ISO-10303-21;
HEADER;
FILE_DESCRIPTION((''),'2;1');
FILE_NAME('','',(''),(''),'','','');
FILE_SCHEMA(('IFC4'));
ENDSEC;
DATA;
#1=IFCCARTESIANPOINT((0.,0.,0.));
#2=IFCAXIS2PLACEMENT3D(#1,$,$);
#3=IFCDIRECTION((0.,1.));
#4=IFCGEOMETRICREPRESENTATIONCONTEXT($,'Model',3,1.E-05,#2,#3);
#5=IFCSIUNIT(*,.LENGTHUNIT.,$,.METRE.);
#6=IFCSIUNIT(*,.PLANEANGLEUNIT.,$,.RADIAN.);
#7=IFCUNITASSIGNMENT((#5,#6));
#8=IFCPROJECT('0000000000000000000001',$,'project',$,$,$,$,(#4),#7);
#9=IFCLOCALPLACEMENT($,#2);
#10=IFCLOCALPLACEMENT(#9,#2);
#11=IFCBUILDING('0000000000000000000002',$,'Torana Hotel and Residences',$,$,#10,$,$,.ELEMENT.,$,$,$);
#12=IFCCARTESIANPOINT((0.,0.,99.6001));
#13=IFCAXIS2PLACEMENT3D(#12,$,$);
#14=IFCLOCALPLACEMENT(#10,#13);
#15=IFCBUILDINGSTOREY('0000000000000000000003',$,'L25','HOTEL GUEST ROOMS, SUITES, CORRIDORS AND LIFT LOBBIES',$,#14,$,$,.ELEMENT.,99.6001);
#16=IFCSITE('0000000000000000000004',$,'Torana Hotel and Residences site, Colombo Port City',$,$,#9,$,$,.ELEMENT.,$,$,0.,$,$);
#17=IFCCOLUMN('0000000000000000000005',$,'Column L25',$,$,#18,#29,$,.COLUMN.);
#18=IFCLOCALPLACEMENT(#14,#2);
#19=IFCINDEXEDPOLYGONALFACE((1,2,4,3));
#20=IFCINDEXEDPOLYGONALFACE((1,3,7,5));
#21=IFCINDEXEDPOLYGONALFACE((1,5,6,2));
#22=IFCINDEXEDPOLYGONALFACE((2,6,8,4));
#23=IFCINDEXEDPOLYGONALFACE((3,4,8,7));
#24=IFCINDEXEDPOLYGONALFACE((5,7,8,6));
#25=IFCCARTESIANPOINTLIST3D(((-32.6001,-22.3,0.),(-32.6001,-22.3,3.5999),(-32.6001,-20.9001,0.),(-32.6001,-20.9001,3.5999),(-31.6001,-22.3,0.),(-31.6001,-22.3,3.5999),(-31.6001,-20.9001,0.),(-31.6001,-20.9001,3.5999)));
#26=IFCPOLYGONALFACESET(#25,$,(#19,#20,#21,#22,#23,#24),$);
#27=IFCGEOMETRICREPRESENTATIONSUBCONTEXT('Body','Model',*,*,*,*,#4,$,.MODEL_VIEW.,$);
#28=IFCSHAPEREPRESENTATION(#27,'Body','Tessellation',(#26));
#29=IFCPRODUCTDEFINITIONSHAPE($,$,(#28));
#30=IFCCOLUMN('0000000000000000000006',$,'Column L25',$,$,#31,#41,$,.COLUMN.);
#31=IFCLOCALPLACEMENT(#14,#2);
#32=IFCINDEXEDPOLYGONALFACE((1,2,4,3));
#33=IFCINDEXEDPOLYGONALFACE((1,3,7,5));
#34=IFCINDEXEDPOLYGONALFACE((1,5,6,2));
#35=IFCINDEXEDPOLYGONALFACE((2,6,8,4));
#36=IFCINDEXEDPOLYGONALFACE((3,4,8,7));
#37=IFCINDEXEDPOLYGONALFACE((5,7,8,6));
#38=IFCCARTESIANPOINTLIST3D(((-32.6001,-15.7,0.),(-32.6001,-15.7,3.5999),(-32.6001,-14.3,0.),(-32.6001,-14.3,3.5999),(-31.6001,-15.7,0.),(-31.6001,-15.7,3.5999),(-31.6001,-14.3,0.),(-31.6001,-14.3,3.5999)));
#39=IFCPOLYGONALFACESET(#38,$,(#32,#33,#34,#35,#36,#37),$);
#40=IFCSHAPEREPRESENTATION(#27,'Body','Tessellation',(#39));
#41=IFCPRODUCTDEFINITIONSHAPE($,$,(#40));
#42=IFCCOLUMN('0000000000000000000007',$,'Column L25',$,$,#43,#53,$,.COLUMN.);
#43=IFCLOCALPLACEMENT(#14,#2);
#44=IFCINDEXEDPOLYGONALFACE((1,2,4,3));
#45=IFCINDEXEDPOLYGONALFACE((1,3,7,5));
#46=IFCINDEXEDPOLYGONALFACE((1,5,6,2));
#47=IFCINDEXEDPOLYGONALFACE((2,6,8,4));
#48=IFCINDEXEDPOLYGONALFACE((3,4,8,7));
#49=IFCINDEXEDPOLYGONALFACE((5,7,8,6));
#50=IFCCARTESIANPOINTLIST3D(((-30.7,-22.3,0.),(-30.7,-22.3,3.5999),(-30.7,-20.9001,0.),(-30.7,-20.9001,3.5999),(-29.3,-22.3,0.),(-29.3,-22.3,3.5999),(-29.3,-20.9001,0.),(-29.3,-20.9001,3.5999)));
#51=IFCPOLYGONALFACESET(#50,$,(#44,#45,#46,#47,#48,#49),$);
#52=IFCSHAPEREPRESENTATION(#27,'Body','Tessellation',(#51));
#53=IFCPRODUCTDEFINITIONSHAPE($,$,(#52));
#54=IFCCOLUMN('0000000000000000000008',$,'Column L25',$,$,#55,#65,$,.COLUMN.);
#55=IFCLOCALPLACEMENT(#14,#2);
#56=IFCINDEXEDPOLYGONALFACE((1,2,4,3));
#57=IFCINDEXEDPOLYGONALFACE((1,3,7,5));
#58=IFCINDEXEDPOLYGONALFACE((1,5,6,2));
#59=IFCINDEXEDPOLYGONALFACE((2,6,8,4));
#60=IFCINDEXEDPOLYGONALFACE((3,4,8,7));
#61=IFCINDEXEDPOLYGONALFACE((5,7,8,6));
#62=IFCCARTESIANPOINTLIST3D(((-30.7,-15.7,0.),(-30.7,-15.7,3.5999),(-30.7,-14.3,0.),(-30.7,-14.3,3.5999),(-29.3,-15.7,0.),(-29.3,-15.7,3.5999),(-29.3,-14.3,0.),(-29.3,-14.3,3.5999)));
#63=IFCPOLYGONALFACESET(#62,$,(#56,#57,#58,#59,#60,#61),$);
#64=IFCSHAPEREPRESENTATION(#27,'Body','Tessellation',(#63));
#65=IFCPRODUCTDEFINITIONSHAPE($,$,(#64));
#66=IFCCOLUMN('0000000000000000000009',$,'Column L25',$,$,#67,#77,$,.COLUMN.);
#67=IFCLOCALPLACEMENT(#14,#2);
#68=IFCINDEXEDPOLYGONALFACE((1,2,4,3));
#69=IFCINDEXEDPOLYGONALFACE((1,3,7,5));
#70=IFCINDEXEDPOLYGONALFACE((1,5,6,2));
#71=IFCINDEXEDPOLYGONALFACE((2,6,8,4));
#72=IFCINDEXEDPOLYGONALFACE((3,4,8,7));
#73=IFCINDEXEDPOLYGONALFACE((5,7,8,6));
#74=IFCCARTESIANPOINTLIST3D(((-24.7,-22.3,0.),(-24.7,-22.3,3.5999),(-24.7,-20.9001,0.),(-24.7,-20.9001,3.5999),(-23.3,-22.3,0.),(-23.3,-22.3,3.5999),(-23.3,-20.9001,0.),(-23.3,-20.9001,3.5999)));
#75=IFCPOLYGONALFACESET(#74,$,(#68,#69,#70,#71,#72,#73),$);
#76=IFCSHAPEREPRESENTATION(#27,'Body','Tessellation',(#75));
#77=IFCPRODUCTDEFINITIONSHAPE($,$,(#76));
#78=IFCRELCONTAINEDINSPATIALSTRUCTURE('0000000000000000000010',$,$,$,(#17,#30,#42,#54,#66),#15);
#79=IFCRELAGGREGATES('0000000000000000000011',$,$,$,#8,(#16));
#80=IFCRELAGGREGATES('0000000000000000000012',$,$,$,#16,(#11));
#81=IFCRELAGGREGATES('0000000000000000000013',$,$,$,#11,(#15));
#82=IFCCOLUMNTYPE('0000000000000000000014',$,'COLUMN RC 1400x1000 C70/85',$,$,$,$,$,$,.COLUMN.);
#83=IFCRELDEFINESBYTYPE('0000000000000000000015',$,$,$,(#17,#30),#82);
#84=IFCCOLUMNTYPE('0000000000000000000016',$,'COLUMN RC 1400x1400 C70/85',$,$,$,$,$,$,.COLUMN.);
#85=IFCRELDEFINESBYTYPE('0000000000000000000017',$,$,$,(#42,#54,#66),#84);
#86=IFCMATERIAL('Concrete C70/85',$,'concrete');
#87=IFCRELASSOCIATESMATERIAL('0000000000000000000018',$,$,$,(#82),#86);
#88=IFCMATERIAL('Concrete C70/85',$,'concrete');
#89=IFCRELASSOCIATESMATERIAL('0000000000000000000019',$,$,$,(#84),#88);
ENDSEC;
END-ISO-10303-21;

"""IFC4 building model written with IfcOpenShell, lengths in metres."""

from ifc_helpers import new_model, si_unit, direction, frame, origin, origin_2d, place, context, subcontext, project, spatial, rectangle, extrude, material, material_profile, profile_set, type_object, element, save


model = new_model("IFC4")

# Units and contexts
model_context = context("Model", 3, precision=1e-05, world=origin(), true_north=direction((0.0, 1.0)))
body_context = subcontext(model_context, "Body", "Model", "MODEL_VIEW")
ifc_project = project(units=[si_unit("LENGTHUNIT", "METRE"), si_unit("PLANEANGLEUNIT", "RADIAN")], contexts=[model_context])

# Site, building, storey
site_placement = place(None, origin())
site = spatial("IfcSite", under=ifc_project, at=site_placement, Name="Torana Hotel and Residences site, Colombo Port City", CompositionType="ELEMENT", RefElevation=0.0)
building_placement = place(site_placement, origin())
building = spatial("IfcBuilding", under=site, at=building_placement, Name="Torana Hotel and Residences", CompositionType="ELEMENT")
storey_placement = place(building_placement, frame((0.0, 0.0, 99.6001)))
storey = spatial("IfcBuildingStorey", under=building, at=storey_placement, Name="L25", Description="HOTEL GUEST ROOMS, SUITES, CORRIDORS AND LIFT LOBBIES", CompositionType="ELEMENT", Elevation=99.6001)

# Columns
ifc_material_1 = material(Name="Concrete C70/85", Category="concrete")
ifc_material_profile_1 = material_profile(ifc_material_1, rectangle(XDim=1.3999, YDim=1.0, at=origin_2d()), Name="RC 1400x1000")
ifc_profile_set_1 = profile_set([ifc_material_profile_1], Name="Concrete C70/85")
column_type_1 = type_object("IfcColumnType", Name="COLUMN RC 1400x1000 C70/85", PredefinedType="COLUMN", material=ifc_profile_set_1)
for number, where, z_axis, x_axis, name in (
    (1, (-32.1001, -21.6001, 0.0), (0.0, 0.0, 1.0), (0.0, 1.0, 0.0), "Column L25"),
    (2, (-32.1001, -15.0, 0.0), (0.0, 0.0, 1.0), (0.0, 1.0, 0.0), "Column L25"),
):
    element("IfcColumn", number, at=place(storey_placement, frame(where, z_axis=z_axis, x_axis=x_axis)), inside=storey, type_object=column_type_1, Name=name, PredefinedType="COLUMN", context=body_context, shape_type="SweptSolid", body=[
        extrude(rectangle(XDim=1.3999, YDim=1.0, at=origin_2d()), origin(), (0.0, 0.0, 1.0), 3.5999),
    ])
ifc_material_2 = material(Name="Concrete C70/85", Category="concrete")
ifc_material_profile_2 = material_profile(ifc_material_2, rectangle(XDim=1.3999, YDim=1.3999, at=origin_2d()), Name="RC 1400x1400")
ifc_profile_set_2 = profile_set([ifc_material_profile_2], Name="Concrete C70/85")
column_type_2 = type_object("IfcColumnType", Name="COLUMN RC 1400x1400 C70/85", PredefinedType="COLUMN", material=ifc_profile_set_2)
for number, where, z_axis, x_axis, name in (
    (3, (-30.0, -21.6001, 0.0), (0.0, 0.0, 1.0), (1.0, 0.0, 0.0), "Column L25"),
    (4, (-30.0, -15.0, 0.0), (0.0, 0.0, 1.0), (1.0, 0.0, 0.0), "Column L25"),
    (5, (-24.0, -21.6001, 0.0), (0.0, 0.0, 1.0), (1.0, 0.0, 0.0), "Column L25"),
):
    element("IfcColumn", number, at=place(storey_placement, frame(where, z_axis=z_axis, x_axis=x_axis)), inside=storey, type_object=column_type_2, Name=name, PredefinedType="COLUMN", context=body_context, shape_type="SweptSolid", body=[
        extrude(rectangle(XDim=1.3999, YDim=1.3999, at=origin_2d()), origin(), (0.0, 0.0, 1.0), 3.5999),
    ])

save(model, "model.ifc")
